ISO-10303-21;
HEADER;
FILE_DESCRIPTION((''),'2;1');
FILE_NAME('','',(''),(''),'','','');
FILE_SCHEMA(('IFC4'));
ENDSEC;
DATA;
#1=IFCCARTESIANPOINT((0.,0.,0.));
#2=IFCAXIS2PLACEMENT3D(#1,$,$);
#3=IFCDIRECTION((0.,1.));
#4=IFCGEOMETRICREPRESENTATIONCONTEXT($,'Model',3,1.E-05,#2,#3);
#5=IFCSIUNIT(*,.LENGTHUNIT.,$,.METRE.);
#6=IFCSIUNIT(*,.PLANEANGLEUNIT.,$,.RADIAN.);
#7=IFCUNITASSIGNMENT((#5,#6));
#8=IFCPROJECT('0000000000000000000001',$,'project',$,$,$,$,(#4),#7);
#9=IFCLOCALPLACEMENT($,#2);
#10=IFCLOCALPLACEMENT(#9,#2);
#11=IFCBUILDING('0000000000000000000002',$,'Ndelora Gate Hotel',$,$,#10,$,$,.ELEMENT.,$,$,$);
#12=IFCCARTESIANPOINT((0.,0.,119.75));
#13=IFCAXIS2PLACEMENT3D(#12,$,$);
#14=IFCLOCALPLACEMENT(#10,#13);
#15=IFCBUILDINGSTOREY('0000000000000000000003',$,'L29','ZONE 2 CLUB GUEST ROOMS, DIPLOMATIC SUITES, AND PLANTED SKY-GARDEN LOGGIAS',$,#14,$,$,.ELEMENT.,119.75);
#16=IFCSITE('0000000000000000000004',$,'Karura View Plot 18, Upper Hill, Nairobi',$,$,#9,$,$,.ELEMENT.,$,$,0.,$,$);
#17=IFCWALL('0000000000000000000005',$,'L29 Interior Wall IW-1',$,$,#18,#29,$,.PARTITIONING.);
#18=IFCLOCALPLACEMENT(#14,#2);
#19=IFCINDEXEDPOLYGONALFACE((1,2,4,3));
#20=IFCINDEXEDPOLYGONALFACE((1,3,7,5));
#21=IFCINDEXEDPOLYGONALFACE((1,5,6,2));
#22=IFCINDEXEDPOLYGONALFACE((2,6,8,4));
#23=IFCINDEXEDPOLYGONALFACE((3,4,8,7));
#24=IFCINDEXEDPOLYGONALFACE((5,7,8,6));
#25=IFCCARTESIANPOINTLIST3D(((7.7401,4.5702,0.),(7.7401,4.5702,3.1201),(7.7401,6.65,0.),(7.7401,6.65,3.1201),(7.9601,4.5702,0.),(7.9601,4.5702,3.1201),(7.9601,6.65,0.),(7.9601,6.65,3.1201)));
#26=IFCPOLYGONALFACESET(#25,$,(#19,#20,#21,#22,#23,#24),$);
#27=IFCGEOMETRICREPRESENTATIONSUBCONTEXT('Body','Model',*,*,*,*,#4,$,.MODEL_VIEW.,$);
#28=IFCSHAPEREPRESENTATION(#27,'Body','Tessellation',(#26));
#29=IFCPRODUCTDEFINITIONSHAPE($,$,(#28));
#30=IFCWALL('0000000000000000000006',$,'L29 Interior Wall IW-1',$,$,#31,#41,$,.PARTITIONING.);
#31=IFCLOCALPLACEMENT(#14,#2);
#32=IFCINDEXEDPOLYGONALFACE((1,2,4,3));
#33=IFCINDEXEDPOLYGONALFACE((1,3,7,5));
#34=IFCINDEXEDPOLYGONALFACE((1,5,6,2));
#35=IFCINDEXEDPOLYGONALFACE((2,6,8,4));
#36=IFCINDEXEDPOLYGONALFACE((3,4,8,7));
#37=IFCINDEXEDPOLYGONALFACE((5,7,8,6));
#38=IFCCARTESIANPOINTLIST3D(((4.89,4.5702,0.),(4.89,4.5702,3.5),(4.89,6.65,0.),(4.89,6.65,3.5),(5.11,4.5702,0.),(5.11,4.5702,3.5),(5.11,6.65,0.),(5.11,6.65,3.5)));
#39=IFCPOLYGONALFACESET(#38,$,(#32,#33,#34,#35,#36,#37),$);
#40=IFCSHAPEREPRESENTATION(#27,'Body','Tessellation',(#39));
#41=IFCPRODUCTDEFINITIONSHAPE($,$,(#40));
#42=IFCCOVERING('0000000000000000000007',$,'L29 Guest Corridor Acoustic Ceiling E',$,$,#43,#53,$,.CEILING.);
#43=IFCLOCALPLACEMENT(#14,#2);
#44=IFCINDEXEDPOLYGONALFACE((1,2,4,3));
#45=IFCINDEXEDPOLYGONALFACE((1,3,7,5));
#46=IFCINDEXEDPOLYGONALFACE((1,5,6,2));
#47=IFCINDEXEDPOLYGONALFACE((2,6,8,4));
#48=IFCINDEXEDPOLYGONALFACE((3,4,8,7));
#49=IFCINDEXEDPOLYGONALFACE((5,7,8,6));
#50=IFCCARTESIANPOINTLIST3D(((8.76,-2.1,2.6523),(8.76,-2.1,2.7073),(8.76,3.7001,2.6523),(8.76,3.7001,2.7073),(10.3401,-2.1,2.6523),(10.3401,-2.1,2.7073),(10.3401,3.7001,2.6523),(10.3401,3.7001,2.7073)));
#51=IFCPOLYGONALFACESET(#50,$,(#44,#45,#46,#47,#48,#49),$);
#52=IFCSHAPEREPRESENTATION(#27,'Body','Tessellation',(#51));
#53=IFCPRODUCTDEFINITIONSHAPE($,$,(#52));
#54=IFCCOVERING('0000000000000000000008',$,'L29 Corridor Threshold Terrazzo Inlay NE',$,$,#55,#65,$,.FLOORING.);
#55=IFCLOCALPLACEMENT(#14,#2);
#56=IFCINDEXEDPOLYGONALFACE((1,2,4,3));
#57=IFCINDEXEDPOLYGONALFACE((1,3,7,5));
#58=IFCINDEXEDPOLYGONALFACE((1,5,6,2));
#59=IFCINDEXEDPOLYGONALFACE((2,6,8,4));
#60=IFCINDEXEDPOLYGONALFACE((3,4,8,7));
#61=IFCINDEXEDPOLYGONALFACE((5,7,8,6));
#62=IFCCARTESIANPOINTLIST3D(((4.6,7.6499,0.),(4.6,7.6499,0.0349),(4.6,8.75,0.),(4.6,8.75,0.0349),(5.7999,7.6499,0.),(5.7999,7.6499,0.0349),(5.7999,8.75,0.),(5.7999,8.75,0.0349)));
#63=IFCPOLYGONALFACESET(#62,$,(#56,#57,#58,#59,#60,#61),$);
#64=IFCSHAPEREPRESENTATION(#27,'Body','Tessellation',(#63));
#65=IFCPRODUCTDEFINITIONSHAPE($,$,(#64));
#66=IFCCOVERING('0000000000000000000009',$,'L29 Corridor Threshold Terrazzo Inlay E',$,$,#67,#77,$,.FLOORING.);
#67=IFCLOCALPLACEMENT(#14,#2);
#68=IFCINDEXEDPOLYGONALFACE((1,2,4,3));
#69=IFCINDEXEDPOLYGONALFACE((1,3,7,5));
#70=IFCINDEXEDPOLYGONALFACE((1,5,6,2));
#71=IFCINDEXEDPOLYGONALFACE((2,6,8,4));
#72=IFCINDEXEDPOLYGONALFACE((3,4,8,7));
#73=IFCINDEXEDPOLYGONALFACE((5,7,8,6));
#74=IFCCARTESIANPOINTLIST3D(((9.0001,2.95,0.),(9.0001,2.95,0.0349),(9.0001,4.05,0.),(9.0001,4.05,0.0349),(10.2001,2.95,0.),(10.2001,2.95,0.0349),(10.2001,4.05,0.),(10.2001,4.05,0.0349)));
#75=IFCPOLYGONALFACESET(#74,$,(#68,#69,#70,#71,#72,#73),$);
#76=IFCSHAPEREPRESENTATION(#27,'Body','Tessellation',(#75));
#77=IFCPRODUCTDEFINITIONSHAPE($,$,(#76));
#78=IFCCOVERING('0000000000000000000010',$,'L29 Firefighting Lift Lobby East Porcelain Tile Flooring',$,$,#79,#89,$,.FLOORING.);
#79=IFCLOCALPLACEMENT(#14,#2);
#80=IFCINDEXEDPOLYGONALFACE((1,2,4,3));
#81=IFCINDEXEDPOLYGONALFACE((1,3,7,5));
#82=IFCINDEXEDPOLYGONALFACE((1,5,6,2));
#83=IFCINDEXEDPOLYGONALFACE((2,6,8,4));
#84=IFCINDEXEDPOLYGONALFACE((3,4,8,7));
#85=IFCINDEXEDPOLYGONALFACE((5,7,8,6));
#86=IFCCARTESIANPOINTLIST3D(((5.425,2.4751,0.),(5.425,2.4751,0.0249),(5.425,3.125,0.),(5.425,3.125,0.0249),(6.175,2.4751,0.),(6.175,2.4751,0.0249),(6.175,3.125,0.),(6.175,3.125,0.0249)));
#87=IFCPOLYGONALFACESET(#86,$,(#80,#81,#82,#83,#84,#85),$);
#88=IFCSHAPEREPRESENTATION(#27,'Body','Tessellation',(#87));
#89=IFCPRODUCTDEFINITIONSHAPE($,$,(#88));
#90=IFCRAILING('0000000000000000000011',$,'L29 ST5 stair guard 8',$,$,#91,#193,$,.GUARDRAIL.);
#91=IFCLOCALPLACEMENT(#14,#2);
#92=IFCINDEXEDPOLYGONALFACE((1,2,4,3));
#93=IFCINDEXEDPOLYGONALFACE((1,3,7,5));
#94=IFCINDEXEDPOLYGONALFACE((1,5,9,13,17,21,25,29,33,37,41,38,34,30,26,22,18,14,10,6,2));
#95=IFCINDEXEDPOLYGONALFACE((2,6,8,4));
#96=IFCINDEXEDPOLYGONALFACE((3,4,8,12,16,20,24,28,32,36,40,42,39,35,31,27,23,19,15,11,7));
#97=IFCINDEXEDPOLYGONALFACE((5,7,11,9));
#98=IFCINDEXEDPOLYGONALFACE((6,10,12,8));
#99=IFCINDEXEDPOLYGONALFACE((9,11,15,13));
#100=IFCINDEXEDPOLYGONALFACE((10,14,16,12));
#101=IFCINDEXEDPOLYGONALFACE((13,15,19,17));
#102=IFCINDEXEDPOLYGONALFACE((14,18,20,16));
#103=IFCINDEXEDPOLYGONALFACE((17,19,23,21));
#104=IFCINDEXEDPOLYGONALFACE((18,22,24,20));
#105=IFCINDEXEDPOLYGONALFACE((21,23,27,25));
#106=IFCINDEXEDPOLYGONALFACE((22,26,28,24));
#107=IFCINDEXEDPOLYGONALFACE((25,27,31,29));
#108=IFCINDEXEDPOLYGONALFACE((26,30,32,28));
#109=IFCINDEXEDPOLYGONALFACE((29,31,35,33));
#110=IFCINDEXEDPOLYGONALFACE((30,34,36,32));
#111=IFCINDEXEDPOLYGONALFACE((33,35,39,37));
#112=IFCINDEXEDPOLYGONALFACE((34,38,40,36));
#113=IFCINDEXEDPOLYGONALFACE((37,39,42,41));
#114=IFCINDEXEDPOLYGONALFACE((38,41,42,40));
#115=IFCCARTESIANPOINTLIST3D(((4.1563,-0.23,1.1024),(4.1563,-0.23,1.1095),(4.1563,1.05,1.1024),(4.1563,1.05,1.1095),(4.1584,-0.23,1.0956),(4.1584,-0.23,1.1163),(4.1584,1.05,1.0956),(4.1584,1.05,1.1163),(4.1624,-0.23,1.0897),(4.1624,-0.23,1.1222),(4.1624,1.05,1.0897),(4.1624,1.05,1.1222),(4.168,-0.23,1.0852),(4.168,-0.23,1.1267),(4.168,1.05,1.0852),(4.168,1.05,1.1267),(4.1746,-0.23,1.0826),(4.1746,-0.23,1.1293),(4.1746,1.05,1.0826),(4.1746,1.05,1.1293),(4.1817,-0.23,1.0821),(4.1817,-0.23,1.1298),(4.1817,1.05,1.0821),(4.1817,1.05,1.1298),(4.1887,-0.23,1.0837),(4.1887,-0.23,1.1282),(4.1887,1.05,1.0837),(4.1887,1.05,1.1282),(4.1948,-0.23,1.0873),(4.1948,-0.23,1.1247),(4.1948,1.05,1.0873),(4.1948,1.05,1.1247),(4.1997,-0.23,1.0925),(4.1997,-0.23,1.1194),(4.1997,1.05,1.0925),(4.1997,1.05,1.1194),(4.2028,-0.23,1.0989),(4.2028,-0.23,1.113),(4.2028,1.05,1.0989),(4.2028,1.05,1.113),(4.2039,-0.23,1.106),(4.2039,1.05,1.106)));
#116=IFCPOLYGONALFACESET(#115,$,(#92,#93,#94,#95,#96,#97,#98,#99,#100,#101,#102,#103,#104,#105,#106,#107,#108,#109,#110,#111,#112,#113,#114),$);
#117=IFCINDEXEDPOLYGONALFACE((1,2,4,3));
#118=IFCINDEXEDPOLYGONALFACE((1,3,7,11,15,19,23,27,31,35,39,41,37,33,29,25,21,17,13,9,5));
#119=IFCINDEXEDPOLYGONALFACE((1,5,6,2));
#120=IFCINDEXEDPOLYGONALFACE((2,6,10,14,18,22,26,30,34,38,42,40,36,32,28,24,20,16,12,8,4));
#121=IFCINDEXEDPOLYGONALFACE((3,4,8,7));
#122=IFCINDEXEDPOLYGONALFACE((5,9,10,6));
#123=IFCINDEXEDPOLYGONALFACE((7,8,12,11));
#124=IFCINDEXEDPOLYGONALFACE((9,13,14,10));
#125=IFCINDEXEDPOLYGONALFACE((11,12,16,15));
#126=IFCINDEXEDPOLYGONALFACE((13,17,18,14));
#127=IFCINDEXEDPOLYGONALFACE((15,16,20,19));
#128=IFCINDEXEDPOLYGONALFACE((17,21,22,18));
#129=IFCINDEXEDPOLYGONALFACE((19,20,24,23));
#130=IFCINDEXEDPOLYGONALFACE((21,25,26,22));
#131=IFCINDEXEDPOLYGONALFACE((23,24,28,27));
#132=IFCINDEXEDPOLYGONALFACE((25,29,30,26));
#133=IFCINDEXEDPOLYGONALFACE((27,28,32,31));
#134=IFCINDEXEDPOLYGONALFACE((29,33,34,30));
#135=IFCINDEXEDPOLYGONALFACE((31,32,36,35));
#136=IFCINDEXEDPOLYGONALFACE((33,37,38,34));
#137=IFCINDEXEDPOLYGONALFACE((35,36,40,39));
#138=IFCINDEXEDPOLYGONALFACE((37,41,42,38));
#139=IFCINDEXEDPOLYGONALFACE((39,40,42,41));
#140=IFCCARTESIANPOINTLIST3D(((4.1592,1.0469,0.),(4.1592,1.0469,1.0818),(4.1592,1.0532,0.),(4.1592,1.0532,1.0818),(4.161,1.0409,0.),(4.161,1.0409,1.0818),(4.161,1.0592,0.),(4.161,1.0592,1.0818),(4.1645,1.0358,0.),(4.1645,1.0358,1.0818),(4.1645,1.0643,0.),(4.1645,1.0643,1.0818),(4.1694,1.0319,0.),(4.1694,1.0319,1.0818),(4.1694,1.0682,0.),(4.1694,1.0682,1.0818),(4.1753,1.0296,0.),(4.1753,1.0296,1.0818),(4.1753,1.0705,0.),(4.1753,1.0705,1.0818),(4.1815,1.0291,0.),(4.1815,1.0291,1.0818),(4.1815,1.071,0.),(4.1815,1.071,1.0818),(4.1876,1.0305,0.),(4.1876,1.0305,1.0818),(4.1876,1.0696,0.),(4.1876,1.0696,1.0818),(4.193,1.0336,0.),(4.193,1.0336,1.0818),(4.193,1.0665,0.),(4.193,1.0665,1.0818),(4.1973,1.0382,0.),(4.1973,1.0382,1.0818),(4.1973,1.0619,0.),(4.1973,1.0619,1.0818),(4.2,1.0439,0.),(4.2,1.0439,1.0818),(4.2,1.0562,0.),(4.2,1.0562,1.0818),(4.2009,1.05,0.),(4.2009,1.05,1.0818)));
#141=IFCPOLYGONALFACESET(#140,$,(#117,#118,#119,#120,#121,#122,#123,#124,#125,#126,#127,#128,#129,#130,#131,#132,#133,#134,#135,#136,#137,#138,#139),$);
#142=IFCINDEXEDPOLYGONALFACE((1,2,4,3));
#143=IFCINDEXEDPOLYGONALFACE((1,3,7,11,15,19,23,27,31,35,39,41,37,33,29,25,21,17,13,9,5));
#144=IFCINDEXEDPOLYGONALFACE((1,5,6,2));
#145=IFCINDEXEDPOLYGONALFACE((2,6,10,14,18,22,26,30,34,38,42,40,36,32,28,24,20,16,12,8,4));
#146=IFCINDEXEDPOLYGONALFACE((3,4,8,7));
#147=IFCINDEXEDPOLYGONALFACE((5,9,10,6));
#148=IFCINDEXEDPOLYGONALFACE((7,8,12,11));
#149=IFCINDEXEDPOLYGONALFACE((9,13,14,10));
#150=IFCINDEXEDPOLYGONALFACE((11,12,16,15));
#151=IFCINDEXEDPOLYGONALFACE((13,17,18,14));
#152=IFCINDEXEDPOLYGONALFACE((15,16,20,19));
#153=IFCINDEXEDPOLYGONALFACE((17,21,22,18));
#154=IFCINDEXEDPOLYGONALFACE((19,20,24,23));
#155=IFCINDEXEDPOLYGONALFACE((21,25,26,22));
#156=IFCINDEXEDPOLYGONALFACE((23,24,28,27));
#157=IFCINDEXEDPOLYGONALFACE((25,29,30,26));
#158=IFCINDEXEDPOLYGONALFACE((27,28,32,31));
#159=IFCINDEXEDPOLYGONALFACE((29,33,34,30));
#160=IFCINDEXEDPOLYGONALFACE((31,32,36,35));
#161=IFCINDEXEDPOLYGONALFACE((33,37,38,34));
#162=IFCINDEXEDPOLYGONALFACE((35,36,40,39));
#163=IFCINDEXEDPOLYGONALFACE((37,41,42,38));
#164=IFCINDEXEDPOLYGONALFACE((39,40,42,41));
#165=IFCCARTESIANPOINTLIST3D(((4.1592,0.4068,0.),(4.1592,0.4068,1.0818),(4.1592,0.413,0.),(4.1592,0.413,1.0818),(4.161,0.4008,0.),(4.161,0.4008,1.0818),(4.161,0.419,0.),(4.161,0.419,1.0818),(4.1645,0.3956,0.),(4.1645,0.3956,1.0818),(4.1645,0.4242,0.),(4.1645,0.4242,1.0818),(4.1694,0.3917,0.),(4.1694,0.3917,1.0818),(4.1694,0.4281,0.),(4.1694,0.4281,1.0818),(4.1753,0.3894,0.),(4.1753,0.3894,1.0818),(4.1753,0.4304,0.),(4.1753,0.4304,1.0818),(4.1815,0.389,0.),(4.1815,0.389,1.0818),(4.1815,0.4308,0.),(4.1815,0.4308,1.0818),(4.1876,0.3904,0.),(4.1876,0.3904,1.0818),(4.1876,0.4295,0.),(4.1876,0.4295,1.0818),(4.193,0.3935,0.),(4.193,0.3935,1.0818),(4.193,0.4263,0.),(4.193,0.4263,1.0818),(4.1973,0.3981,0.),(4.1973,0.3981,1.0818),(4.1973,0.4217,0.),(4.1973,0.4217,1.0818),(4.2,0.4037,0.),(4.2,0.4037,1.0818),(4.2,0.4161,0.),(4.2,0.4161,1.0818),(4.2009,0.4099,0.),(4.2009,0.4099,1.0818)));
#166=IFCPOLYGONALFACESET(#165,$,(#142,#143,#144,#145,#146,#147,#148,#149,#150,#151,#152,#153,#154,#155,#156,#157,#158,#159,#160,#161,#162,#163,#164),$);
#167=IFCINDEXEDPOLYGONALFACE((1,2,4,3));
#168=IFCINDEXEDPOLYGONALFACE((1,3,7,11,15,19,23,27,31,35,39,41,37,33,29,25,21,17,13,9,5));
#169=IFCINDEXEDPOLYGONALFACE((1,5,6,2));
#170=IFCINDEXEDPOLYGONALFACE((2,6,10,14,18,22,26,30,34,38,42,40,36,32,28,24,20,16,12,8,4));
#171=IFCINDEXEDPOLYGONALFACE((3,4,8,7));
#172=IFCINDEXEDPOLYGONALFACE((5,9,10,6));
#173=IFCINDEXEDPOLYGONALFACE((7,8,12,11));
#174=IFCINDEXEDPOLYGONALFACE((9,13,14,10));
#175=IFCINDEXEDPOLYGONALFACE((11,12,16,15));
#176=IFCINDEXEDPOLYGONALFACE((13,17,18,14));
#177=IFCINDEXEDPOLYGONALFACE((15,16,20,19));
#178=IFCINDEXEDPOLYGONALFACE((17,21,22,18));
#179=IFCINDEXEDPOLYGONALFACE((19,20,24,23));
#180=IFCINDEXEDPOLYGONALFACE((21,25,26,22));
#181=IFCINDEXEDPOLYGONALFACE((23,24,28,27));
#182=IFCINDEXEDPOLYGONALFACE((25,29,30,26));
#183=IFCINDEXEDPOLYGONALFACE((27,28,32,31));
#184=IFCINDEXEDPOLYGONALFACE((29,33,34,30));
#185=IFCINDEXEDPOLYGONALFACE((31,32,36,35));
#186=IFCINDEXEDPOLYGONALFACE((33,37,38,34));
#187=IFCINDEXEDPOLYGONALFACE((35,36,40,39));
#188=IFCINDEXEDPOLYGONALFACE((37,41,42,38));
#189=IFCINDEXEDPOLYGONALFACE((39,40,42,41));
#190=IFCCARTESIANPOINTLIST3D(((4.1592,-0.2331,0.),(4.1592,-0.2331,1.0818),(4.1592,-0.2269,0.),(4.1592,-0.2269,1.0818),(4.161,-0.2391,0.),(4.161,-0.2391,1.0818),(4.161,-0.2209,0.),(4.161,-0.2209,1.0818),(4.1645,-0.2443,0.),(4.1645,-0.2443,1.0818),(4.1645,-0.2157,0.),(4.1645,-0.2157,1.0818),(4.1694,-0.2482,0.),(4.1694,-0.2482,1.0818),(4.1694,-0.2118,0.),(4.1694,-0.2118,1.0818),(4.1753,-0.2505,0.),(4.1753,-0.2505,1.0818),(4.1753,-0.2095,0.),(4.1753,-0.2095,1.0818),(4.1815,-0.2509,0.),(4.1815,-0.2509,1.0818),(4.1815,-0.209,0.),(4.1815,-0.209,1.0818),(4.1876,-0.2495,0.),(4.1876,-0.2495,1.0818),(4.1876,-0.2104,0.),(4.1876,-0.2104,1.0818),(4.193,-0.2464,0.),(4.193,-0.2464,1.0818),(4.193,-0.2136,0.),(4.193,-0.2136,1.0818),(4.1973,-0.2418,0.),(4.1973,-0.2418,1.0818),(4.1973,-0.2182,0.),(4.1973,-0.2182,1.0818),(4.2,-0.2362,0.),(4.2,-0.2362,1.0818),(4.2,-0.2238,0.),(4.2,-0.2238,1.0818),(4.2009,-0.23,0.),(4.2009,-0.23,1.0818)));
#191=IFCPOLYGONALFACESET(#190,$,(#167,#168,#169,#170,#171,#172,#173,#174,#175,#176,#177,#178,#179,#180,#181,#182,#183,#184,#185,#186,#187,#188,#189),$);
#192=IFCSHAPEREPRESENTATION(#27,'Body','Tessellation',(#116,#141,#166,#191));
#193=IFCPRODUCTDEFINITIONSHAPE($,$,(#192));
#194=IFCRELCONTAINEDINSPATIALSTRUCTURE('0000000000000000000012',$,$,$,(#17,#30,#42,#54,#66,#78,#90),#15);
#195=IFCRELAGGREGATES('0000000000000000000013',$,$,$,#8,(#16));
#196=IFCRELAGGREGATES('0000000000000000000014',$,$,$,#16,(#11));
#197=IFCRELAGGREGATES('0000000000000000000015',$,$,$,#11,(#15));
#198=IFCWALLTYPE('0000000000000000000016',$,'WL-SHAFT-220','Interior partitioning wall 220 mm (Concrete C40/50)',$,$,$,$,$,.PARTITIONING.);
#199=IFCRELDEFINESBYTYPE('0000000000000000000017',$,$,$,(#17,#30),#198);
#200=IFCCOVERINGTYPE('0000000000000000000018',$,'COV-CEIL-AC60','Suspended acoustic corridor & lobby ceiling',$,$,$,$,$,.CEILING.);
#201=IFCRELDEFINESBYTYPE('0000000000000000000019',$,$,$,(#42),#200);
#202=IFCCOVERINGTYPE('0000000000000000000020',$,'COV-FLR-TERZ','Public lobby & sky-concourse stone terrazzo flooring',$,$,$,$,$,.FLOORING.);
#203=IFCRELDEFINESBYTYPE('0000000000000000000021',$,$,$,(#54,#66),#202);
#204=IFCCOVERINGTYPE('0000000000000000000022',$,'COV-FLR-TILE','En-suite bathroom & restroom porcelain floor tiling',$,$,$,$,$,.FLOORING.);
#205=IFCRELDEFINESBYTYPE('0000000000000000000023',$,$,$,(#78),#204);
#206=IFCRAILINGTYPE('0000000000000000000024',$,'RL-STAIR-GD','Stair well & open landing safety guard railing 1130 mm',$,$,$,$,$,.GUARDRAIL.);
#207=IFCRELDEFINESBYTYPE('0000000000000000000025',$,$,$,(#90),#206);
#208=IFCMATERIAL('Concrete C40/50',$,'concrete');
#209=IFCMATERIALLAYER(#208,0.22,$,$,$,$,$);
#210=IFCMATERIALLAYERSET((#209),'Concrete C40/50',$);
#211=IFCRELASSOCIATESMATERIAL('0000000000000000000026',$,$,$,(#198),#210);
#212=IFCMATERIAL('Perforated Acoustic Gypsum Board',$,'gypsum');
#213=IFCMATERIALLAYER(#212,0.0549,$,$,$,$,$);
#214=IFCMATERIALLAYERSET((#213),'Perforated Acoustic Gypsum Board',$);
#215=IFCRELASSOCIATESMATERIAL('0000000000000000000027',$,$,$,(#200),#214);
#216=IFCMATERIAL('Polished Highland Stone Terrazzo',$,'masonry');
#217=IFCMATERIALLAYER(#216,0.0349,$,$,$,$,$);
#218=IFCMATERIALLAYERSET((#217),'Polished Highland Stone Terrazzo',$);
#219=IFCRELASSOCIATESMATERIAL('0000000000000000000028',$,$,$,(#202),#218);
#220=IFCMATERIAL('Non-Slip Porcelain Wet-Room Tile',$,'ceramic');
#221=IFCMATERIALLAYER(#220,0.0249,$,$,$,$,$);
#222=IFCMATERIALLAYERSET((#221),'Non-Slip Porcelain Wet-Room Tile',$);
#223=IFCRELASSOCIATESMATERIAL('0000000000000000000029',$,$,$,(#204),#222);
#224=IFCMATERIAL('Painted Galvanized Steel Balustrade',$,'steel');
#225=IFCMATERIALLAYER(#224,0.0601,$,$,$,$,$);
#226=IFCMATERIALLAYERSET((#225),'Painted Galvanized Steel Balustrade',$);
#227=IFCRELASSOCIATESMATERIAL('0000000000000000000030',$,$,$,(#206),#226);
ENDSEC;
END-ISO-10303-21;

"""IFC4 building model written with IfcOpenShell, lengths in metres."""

from ifc_helpers import new_model, si_unit, direction, frame, frame_2d, origin, origin_2d, place, context, subcontext, project, spatial, rectangle, circle, extrude, material, layer, layer_set, type_object, element, save


model = new_model("IFC4")

# Units and contexts
model_context = context("Model", 3, precision=1e-05, world=origin(), true_north=direction((0.0, 1.0)))
body_context = subcontext(model_context, "Body", "Model", "MODEL_VIEW")
ifc_project = project(units=[si_unit("LENGTHUNIT", "METRE"), si_unit("PLANEANGLEUNIT", "RADIAN")], contexts=[model_context])

# Site, building, storey
site_placement = place(None, origin())
site = spatial("IfcSite", under=ifc_project, at=site_placement, Name="Karura View Plot 18, Upper Hill, Nairobi", CompositionType="ELEMENT", RefElevation=0.0)
building_placement = place(site_placement, origin())
building = spatial("IfcBuilding", under=site, at=building_placement, Name="Ndelora Gate Hotel", CompositionType="ELEMENT")
storey_placement = place(building_placement, frame((0.0, 0.0, 119.75)))
storey = spatial("IfcBuildingStorey", under=building, at=storey_placement, Name="L29", Description="ZONE 2 CLUB GUEST ROOMS, DIPLOMATIC SUITES, AND PLANTED SKY-GARDEN LOGGIAS", CompositionType="ELEMENT", Elevation=119.75)

# Shared definitions
ifc_material_1 = material(Name="Concrete C40/50", Category="concrete")

# Shared definitions
ifc_layer_1 = layer(ifc_material_1, 0.22)
ifc_layer_set_1 = layer_set([ifc_layer_1], Name="Concrete C40/50")
wall_type_1 = type_object("IfcWallType", Name="WL-SHAFT-220", Description="Interior partitioning wall 220 mm (Concrete C40/50)", PredefinedType="PARTITIONING", material=ifc_layer_set_1)

# Walls
wall_1_placement = place(storey_placement, frame((7.8501, 4.5701, 0.0), z_axis=(0.0, 0.0, 1.0), x_axis=(0.0, 1.0, 0.0)))
element("IfcWall", 1, at=wall_1_placement, inside=storey, type_object=wall_type_1, Name="L29 Interior Wall IW-1", PredefinedType="PARTITIONING", context=body_context, shape_type="SweptSolid", body=[
    extrude(rectangle(XDim=2.0798, YDim=0.22, at=frame_2d((1.04, 0.0))), origin(), (0.0, 0.0, 1.0), 3.1201),
])
wall_2_placement = place(storey_placement, frame((5.0, 4.5701, 0.0), z_axis=(0.0, 0.0, 1.0), x_axis=(0.0, 1.0, 0.0)))
element("IfcWall", 2, at=wall_2_placement, inside=storey, type_object=wall_type_1, Name="L29 Interior Wall IW-1", PredefinedType="PARTITIONING", context=body_context, shape_type="SweptSolid", body=[
    extrude(rectangle(XDim=2.0798, YDim=0.22, at=frame_2d((1.04, 0.0))), origin(), (0.0, 0.0, 1.0), 3.5),
])

# Coverings
ifc_material_2 = material(Name="Perforated Acoustic Gypsum Board", Category="gypsum")
ifc_layer_2 = layer(ifc_material_2, 0.0549)
ifc_layer_set_2 = layer_set([ifc_layer_2], Name="Perforated Acoustic Gypsum Board")
covering_type_1 = type_object("IfcCoveringType", Name="COV-CEIL-AC60", Description="Suspended acoustic corridor & lobby ceiling", PredefinedType="CEILING", material=ifc_layer_set_2)
covering_1_placement = place(storey_placement, frame((9.55, 0.8, 2.6523), z_axis=(0.0, 0.0, 1.0), x_axis=(1.0, 0.0, 0.0)))
element("IfcCovering", 3, at=covering_1_placement, inside=storey, type_object=covering_type_1, Name="L29 Guest Corridor Acoustic Ceiling E", PredefinedType="CEILING", context=body_context, shape_type="SweptSolid", body=[
    extrude(rectangle(XDim=1.5801, YDim=5.8, at=origin_2d()), origin(), (0.0, 0.0, 1.0), 0.0549),
])
ifc_material_3 = material(Name="Polished Highland Stone Terrazzo", Category="masonry")
ifc_layer_3 = layer(ifc_material_3, 0.0349)
ifc_layer_set_3 = layer_set([ifc_layer_3], Name="Polished Highland Stone Terrazzo")
covering_type_2 = type_object("IfcCoveringType", Name="COV-FLR-TERZ", Description="Public lobby & sky-concourse stone terrazzo flooring", PredefinedType="FLOORING", material=ifc_layer_set_3)
for number, where, z_axis, x_axis, name in (
    (4, (5.2, 8.2, 0.0), (0.0, 0.0, 1.0), (1.0, 0.0, 0.0), "L29 Corridor Threshold Terrazzo Inlay NE"),
    (5, (9.6001, 3.5, 0.0), (0.0, 0.0, 1.0), (1.0, 0.0, 0.0), "L29 Corridor Threshold Terrazzo Inlay E"),
):
    element("IfcCovering", number, at=place(storey_placement, frame(where, z_axis=z_axis, x_axis=x_axis)), inside=storey, type_object=covering_type_2, Name=name, PredefinedType="FLOORING", context=body_context, shape_type="SweptSolid", body=[
        extrude(rectangle(XDim=1.2, YDim=1.1001, at=origin_2d()), origin(), (0.0, 0.0, 1.0), 0.0349),
    ])
ifc_material_4 = material(Name="Non-Slip Porcelain Wet-Room Tile", Category="ceramic")
ifc_layer_4 = layer(ifc_material_4, 0.0249)
ifc_layer_set_4 = layer_set([ifc_layer_4], Name="Non-Slip Porcelain Wet-Room Tile")
covering_type_3 = type_object("IfcCoveringType", Name="COV-FLR-TILE", Description="En-suite bathroom & restroom porcelain floor tiling", PredefinedType="FLOORING", material=ifc_layer_set_4)
covering_2_placement = place(storey_placement, frame((5.8, 2.8, 0.0), z_axis=(0.0, 0.0, 1.0), x_axis=(1.0, 0.0, 0.0)))
element("IfcCovering", 6, at=covering_2_placement, inside=storey, type_object=covering_type_3, Name="L29 Firefighting Lift Lobby East Porcelain Tile Flooring", PredefinedType="FLOORING", context=body_context, shape_type="SweptSolid", body=[
    extrude(rectangle(XDim=0.75, YDim=0.6499, at=origin_2d()), origin(), (0.0, 0.0, 1.0), 0.0249),
])

# Railing
ifc_material_5 = material(Name="Painted Galvanized Steel Balustrade", Category="steel")
ifc_layer_5 = layer(ifc_material_5, 0.0601)
ifc_layer_set_5 = layer_set([ifc_layer_5], Name="Painted Galvanized Steel Balustrade")
railing_type = type_object("IfcRailingType", Name="RL-STAIR-GD", Description="Stair well & open landing safety guard railing 1130 mm", PredefinedType="GUARDRAIL", material=ifc_layer_set_5)
for number, where, name in (
    (7, (4.1799, 1.05, 0.0), "L29 ST5 stair guard 8"),
):
    element("IfcRailing", number, at=place(storey_placement, frame(where)), inside=storey, type_object=railing_type, Name=name, PredefinedType="GUARDRAIL", context=body_context, shape_type="SweptSolid", body=[
        extrude(circle(Radius=0.0239, at=origin_2d()), frame((0.0, 0.0, 1.106), z_axis=(0.0, -1.0, 0.0), x_axis=(1.0, 0.0, 0.0)), (0.0, 0.0, 1.0), 1.28),
        extrude(circle(Radius=0.021, at=origin_2d()), origin(), (0.0, 0.0, 1.0), 1.0818),
        extrude(circle(Radius=0.021, at=origin_2d()), frame((0.0, -0.6401, 0.0)), (0.0, 0.0, 1.0), 1.0818),
        extrude(circle(Radius=0.021, at=origin_2d()), frame((0.0, -1.28, 0.0)), (0.0, 0.0, 1.0), 1.0818),
    ])

save(model, "model.ifc")
